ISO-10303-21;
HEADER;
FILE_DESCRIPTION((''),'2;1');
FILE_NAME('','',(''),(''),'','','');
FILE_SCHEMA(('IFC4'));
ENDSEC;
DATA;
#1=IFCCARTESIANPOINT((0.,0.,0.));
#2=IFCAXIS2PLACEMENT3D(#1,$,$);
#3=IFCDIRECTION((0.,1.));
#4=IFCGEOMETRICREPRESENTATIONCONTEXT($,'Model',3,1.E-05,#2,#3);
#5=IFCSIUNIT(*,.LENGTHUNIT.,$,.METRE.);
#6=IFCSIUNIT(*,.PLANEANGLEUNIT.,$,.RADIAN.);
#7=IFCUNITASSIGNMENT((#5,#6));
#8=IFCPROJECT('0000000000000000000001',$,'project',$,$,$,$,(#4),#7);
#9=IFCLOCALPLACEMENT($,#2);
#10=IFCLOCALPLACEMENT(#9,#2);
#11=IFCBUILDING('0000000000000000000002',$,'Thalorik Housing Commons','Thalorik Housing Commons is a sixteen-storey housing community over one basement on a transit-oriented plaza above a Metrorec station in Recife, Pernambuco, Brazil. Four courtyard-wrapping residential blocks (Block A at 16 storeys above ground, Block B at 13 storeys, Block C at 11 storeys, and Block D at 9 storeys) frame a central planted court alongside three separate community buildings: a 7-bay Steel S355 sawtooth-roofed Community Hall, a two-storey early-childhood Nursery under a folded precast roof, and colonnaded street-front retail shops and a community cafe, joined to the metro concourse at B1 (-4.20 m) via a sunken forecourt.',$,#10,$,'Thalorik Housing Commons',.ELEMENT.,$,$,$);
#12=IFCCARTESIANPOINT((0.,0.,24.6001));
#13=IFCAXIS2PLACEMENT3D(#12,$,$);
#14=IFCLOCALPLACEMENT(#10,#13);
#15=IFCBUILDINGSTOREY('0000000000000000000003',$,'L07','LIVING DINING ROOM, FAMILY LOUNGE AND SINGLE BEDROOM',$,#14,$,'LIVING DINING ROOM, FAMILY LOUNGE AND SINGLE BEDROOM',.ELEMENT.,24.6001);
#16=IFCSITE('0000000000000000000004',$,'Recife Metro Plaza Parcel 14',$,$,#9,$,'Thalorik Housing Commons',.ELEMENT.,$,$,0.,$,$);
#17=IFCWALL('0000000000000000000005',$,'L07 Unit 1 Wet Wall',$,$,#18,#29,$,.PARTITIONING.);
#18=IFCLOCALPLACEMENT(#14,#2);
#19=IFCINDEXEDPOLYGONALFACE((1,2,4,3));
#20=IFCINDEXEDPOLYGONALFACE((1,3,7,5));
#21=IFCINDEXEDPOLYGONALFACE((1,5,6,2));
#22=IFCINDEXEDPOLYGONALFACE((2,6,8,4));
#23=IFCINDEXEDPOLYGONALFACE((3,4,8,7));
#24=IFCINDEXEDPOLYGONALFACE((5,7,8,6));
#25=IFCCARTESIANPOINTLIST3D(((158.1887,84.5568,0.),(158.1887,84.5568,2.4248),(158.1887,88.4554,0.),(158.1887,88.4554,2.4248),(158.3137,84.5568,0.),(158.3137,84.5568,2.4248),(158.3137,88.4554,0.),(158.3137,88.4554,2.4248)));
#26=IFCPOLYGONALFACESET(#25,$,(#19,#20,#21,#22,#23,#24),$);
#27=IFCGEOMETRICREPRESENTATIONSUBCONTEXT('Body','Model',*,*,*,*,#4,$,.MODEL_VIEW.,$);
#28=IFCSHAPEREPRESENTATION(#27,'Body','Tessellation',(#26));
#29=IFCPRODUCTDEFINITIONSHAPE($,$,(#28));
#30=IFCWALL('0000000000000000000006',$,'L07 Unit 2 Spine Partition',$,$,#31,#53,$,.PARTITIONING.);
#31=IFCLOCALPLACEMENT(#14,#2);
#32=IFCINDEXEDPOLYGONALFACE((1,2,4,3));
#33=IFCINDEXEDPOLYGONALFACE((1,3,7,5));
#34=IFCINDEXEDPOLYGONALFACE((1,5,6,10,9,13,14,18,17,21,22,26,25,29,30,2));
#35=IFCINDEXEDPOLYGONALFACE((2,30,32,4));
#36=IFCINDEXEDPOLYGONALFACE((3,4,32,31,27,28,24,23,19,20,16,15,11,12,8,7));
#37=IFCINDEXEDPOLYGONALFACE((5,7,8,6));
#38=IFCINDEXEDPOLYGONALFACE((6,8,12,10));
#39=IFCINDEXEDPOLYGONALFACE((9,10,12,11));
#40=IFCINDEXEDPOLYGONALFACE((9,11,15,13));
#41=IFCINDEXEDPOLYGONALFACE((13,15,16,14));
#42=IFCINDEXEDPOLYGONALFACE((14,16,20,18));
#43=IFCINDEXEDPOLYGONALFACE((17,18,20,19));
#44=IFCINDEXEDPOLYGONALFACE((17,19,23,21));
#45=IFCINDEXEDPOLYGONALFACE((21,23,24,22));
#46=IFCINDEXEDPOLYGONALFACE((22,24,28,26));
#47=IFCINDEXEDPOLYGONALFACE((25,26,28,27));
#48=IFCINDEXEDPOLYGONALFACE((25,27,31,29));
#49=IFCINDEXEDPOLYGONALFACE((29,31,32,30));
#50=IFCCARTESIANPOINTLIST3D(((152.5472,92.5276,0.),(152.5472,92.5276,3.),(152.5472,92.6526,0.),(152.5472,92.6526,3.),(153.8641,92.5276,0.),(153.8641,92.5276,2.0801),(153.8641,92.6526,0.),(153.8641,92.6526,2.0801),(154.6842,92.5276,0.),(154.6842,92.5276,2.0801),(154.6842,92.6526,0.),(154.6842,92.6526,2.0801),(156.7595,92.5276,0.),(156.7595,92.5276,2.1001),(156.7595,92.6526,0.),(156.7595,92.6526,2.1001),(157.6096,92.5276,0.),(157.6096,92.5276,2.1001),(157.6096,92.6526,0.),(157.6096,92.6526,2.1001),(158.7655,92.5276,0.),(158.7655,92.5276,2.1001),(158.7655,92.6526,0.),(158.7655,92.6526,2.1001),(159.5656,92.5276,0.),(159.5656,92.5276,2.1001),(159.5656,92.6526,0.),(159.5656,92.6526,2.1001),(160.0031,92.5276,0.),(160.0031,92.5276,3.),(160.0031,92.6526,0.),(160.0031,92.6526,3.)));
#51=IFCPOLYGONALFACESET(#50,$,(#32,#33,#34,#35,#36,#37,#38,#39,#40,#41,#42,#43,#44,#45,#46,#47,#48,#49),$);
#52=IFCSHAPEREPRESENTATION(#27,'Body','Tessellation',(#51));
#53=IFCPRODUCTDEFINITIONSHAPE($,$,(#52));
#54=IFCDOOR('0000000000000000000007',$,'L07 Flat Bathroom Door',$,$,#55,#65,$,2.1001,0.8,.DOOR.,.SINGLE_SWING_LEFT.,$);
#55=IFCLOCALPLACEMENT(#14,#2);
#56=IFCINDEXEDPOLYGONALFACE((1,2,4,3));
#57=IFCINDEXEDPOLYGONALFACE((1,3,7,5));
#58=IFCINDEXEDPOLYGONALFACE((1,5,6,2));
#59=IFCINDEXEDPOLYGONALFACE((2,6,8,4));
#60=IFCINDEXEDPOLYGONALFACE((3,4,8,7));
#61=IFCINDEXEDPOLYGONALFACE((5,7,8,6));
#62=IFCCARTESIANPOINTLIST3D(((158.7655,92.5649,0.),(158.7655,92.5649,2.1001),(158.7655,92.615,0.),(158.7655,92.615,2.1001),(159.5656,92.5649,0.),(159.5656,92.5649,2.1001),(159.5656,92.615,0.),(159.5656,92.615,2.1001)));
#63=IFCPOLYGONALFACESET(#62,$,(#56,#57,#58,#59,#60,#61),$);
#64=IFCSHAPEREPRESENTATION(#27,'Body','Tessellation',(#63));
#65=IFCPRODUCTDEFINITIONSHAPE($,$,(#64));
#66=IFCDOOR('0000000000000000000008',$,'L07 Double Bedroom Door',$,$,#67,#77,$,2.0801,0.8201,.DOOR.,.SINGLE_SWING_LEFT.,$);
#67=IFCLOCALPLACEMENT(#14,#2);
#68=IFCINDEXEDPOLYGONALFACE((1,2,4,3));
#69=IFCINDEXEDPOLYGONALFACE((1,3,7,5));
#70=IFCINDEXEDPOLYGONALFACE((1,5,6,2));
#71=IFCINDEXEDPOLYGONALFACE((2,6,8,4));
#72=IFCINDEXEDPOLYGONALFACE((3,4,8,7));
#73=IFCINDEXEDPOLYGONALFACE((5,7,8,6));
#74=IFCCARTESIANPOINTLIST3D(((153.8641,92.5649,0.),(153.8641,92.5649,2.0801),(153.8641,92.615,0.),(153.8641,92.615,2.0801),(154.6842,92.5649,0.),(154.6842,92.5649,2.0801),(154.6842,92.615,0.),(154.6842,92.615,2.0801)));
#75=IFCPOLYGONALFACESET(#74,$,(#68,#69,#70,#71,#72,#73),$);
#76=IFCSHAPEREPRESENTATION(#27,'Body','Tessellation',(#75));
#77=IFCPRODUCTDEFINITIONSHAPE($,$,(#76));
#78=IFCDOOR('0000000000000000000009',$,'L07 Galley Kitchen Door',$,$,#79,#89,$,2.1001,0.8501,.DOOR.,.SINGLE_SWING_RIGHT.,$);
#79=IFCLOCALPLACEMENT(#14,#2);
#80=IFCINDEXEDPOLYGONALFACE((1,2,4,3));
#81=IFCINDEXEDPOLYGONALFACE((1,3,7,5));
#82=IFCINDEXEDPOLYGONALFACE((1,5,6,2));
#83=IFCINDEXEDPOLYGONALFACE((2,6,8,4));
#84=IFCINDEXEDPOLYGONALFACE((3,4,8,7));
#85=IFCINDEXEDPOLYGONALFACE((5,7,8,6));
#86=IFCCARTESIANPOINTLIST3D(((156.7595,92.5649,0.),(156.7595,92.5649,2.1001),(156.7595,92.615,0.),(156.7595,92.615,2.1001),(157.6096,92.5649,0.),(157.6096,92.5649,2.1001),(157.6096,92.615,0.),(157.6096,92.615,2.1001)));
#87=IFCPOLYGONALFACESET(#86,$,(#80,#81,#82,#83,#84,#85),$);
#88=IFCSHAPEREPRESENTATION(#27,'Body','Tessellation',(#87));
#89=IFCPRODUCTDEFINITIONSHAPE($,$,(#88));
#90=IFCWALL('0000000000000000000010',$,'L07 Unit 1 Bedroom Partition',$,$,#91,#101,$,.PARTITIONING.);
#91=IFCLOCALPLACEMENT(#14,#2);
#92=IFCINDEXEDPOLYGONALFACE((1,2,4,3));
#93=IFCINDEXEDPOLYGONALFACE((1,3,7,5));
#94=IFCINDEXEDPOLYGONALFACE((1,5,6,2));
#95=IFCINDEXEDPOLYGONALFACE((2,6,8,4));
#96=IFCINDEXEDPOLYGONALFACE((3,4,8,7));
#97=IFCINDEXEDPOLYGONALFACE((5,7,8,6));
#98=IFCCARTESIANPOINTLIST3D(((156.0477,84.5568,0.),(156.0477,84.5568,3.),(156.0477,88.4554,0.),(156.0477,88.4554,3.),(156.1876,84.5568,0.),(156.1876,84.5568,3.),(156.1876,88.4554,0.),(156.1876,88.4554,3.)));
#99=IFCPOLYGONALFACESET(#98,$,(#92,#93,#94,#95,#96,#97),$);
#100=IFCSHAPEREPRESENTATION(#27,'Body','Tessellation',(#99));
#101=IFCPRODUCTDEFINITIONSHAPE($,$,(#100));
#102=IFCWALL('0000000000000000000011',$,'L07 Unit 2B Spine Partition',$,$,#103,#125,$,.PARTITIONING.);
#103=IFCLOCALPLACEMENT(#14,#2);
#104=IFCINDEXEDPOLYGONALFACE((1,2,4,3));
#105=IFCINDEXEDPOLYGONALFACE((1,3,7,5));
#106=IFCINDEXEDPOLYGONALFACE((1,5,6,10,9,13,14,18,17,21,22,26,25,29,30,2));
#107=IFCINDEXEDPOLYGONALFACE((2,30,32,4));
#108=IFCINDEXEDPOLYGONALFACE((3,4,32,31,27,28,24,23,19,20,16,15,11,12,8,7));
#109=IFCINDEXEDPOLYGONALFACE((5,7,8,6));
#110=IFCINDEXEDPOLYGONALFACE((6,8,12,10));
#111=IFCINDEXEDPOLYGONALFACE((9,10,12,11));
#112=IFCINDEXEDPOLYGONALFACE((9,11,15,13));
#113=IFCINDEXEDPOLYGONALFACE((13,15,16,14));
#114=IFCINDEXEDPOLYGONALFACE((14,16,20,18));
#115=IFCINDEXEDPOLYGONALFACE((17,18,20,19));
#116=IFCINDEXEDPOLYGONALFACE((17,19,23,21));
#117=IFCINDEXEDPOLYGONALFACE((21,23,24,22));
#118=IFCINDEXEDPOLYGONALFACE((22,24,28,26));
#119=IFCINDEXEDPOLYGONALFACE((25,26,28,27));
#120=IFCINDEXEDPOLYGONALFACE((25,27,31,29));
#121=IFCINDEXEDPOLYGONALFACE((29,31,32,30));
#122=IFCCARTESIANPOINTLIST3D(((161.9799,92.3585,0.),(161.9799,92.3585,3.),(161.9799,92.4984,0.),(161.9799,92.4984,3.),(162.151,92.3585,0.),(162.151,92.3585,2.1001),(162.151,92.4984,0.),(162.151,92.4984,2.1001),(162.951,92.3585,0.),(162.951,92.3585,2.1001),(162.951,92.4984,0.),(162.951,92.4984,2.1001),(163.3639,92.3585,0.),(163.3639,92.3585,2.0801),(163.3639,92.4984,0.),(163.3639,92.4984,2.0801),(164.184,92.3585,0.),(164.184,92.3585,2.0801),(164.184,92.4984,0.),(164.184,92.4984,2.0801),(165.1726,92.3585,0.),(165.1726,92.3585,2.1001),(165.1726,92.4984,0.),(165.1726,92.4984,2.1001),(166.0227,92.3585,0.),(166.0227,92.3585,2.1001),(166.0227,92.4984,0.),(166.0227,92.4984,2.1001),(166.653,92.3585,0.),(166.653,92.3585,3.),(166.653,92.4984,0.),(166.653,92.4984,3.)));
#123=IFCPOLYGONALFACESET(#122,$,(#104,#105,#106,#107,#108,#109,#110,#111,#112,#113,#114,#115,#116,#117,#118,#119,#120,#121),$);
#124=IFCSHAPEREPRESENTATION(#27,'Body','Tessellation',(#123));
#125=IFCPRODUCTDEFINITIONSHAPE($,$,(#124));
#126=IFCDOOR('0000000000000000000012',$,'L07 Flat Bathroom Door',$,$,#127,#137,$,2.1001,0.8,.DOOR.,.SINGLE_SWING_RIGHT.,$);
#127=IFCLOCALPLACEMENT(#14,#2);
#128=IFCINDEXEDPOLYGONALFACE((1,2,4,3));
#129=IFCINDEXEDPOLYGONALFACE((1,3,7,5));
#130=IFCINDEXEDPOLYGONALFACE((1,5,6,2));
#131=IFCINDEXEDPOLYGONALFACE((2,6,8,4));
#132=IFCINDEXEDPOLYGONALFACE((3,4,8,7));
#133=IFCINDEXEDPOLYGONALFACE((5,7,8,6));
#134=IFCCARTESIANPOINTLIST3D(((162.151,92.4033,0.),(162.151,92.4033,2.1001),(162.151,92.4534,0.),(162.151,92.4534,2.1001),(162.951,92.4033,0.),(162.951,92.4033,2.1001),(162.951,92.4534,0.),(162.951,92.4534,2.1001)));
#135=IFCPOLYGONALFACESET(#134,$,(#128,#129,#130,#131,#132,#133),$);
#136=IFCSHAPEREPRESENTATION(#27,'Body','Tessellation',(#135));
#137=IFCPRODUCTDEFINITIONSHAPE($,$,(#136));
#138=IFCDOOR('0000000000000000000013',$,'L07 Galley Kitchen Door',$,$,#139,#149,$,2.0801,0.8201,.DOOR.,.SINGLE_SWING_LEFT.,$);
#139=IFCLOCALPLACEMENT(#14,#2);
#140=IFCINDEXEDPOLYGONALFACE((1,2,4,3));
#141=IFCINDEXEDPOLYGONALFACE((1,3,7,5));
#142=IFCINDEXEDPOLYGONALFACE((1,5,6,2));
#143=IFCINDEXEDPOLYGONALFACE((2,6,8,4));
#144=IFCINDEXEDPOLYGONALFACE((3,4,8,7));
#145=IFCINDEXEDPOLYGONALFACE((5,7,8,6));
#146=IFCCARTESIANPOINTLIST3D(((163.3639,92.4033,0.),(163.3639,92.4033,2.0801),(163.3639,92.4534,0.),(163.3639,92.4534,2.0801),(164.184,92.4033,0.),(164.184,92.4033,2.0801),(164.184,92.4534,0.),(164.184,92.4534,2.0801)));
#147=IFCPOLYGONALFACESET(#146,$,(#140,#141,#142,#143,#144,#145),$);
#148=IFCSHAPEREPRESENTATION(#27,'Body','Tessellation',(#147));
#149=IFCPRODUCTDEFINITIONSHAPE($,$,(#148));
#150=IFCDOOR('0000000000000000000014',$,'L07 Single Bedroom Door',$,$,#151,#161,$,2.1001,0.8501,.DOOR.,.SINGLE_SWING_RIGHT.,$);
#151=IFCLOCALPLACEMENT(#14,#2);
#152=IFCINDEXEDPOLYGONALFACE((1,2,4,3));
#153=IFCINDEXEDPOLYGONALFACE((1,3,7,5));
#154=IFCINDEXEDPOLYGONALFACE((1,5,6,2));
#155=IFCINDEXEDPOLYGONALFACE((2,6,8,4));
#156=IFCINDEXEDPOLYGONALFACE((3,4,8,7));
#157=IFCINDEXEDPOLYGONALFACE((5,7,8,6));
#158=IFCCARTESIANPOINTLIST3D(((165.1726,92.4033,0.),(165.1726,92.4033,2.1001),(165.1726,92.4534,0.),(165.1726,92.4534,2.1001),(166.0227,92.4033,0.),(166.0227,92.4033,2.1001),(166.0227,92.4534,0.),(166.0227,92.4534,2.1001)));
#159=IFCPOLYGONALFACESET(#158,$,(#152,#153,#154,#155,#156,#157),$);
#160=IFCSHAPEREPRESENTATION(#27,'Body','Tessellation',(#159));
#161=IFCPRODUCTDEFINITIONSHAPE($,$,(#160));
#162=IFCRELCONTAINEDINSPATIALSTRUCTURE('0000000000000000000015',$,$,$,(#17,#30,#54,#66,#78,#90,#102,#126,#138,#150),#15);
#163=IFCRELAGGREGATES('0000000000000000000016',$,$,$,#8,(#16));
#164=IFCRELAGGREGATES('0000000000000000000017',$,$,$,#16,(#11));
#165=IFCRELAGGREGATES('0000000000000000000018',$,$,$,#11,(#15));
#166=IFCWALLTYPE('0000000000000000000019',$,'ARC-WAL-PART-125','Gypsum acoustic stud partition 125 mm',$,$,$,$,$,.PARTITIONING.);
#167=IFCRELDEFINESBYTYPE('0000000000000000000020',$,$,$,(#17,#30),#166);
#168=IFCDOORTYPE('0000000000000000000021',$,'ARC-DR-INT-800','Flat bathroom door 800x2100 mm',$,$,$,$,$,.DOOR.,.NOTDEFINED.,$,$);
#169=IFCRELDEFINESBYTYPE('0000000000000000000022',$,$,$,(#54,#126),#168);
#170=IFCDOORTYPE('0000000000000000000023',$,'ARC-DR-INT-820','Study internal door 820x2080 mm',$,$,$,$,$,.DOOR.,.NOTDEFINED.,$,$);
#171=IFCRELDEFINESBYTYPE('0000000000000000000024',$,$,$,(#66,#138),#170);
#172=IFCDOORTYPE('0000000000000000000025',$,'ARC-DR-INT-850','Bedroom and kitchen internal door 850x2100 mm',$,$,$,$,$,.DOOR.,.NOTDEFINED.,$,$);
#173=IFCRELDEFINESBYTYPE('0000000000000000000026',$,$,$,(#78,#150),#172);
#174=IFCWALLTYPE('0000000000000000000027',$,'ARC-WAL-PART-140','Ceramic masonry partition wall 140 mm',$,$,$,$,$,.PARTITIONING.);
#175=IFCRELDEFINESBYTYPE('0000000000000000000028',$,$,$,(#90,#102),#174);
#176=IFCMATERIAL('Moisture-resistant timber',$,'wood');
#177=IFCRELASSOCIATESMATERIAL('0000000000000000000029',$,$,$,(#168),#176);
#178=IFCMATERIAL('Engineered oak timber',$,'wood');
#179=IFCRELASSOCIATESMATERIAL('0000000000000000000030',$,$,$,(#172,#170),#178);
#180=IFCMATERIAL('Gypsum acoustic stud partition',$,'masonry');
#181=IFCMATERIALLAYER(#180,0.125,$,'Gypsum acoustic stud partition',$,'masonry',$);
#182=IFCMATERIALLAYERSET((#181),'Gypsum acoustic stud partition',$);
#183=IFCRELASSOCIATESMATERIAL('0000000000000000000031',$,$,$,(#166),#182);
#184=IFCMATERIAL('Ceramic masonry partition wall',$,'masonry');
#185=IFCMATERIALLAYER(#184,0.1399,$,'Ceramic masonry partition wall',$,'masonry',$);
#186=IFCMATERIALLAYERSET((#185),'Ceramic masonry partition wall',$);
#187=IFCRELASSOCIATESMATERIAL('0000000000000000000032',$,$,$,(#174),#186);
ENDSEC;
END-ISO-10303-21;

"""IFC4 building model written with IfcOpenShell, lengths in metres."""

from ifc_helpers import new_model, si_unit, direction, frame, frame_2d, origin, place, context, subcontext, project, spatial, rectangle, extrude, material, layer, layer_set, type_object, element, fill, save


model = new_model("IFC4")

# Units and contexts
model_context = context("Model", 3, precision=1e-05, world=origin(), true_north=direction((0.0, 1.0)))
body_context = subcontext(model_context, "Body", "Model", "MODEL_VIEW")
ifc_project = project(units=[si_unit("LENGTHUNIT", "METRE"), si_unit("PLANEANGLEUNIT", "RADIAN")], contexts=[model_context])

# Site, building, storey
site_placement = place(None, origin())
site = spatial("IfcSite", under=ifc_project, at=site_placement, Name="Recife Metro Plaza Parcel 14", LongName="Thalorik Housing Commons", CompositionType="ELEMENT", RefElevation=0.0)
building_placement = place(site_placement, origin())
building = spatial("IfcBuilding", under=site, at=building_placement, Name="Thalorik Housing Commons", Description="Thalorik Housing Commons is a sixteen-storey housing community over one basement on a transit-oriented plaza above a Metrorec station in Recife, Pernambuco, Brazil. Four courtyard-wrapping residential blocks (Block A at 16 storeys above ground, Block B at 13 storeys, Block C at 11 storeys, and Block D at 9 storeys) frame a central planted court alongside three separate community buildings: a 7-bay Steel S355 sawtooth-roofed Community Hall, a two-storey early-childhood Nursery under a folded precast roof, and colonnaded street-front retail shops and a community cafe, joined to the metro concourse at B1 (-4.20 m) via a sunken forecourt.", LongName="Thalorik Housing Commons", CompositionType="ELEMENT")
storey_placement = place(building_placement, frame((0.0, 0.0, 24.6001)))
storey = spatial("IfcBuildingStorey", under=building, at=storey_placement, Name="L07", Description="LIVING DINING ROOM, FAMILY LOUNGE AND SINGLE BEDROOM", LongName="LIVING DINING ROOM, FAMILY LOUNGE AND SINGLE BEDROOM", CompositionType="ELEMENT", Elevation=24.6001)

# Shared definitions
ifc_material_1 = material(Name="Moisture-resistant timber", Category="wood")
door_type_1 = type_object("IfcDoorType", Name="ARC-DR-INT-800", Description="Flat bathroom door 800x2100 mm", OperationType="NOTDEFINED", PredefinedType="DOOR", material=ifc_material_1)
ifc_material_2 = material(Name="Engineered oak timber", Category="wood")
door_type_2 = type_object("IfcDoorType", Name="ARC-DR-INT-850", Description="Bedroom and kitchen internal door 850x2100 mm", OperationType="NOTDEFINED", PredefinedType="DOOR", material=ifc_material_2)

# Wall
ifc_material_3 = material(Name="Gypsum acoustic stud partition", Category="masonry")
ifc_layer_1 = layer(ifc_material_3, 0.125, Name="Gypsum acoustic stud partition", Category="masonry")
ifc_layer_set_1 = layer_set([ifc_layer_1], Name="Gypsum acoustic stud partition")
wall_type_1 = type_object("IfcWallType", Name="ARC-WAL-PART-125", Description="Gypsum acoustic stud partition 125 mm", PredefinedType="PARTITIONING", material=ifc_layer_set_1)
wall_1_placement = place(storey_placement, frame((158.2512, 84.5569, 0.0), z_axis=(0.0, 0.0, 1.0), x_axis=(0.0, 1.0, 0.0)))
element("IfcWall", 1, at=wall_1_placement, inside=storey, type_object=wall_type_1, Name="L07 Unit 1 Wet Wall", PredefinedType="PARTITIONING", context=body_context, shape_type="SweptSolid", body=[
    extrude(rectangle(XDim=3.8987, YDim=0.125, at=frame_2d((1.9492, 0.0))), origin(), (0.0, 0.0, 1.0), 2.4248),
])

# Wall, openings, doors
wall_2_placement = place(storey_placement, frame((152.5471, 92.5901, 0.0), z_axis=(0.0, 0.0, 1.0), x_axis=(1.0, 0.0, 0.0)))
wall_2 = element("IfcWall", 2, at=wall_2_placement, inside=storey, type_object=wall_type_1, Name="L07 Unit 2 Spine Partition", PredefinedType="PARTITIONING", context=body_context, shape_type="SweptSolid", body=[
    extrude(rectangle(XDim=7.4558, YDim=0.125, at=frame_2d((3.728, 0.0))), origin(), (0.0, 0.0, 1.0), 3.0),
])
opening_1_placement = place(wall_2_placement, frame((1.3169, 0.0, 0.0)))
opening_1 = element("IfcOpeningElement", 3, at=opening_1_placement, cuts=wall_2, PredefinedType="OPENING", context=body_context, shape_type="SweptSolid", body=[
    extrude(rectangle(XDim=0.8201, YDim=2.0801, at=frame_2d((0.4102, 1.04))), frame((0.0, 0.0725, 0.0), z_axis=(0.0, -1.0, 0.0), x_axis=(1.0, 0.0, 0.0)), (0.0, 0.0, 1.0), 0.145),
])
opening_2_placement = place(wall_2_placement, frame((4.2124, 0.0, 0.0)))
opening_2 = element("IfcOpeningElement", 4, at=opening_2_placement, cuts=wall_2, PredefinedType="OPENING", context=body_context, shape_type="SweptSolid", body=[
    extrude(rectangle(XDim=0.8501, YDim=2.1001, at=frame_2d((0.425, 1.05))), frame((0.0, 0.0725, 0.0), z_axis=(0.0, -1.0, 0.0), x_axis=(1.0, 0.0, 0.0)), (0.0, 0.0, 1.0), 0.145),
])
opening_3_placement = place(wall_2_placement, frame((6.2185, 0.0, 0.0)))
opening_3 = element("IfcOpeningElement", 5, at=opening_3_placement, cuts=wall_2, PredefinedType="OPENING", context=body_context, shape_type="SweptSolid", body=[
    extrude(rectangle(XDim=0.8, YDim=2.1001, at=frame_2d((0.3999, 1.05))), frame((0.0, 0.0725, 0.0), z_axis=(0.0, -1.0, 0.0), x_axis=(1.0, 0.0, 0.0)), (0.0, 0.0, 1.0), 0.145),
])
door_1_placement = place(opening_3_placement, origin())
door_1 = element("IfcDoor", 6, at=door_1_placement, inside=storey, type_object=door_type_1, Name="L07 Flat Bathroom Door", OperationType="SINGLE_SWING_LEFT", OverallHeight=2.1001, OverallWidth=0.8, PredefinedType="DOOR", context=body_context, shape_type="SweptSolid", body=[
    extrude(rectangle(XDim=0.8, YDim=2.1001, at=frame_2d((0.3999, 1.05))), frame((0.0, 0.0249, 0.0), z_axis=(0.0, -1.0, 0.0), x_axis=(1.0, 0.0, 0.0)), (0.0, 0.0, 1.0), 0.05),
])
fill(opening_3, door_1)
door_type_3 = type_object("IfcDoorType", Name="ARC-DR-INT-820", Description="Study internal door 820x2080 mm", OperationType="NOTDEFINED", PredefinedType="DOOR", material=ifc_material_2)
door_2_placement = place(opening_1_placement, origin())
door_2 = element("IfcDoor", 7, at=door_2_placement, inside=storey, type_object=door_type_3, Name="L07 Double Bedroom Door", OperationType="SINGLE_SWING_LEFT", OverallHeight=2.0801, OverallWidth=0.8201, PredefinedType="DOOR", context=body_context, shape_type="SweptSolid", body=[
    extrude(rectangle(XDim=0.8201, YDim=2.0801, at=frame_2d((0.4102, 1.04))), frame((0.0, 0.0249, 0.0), z_axis=(0.0, -1.0, 0.0), x_axis=(1.0, 0.0, 0.0)), (0.0, 0.0, 1.0), 0.05),
])
fill(opening_1, door_2)
door_3_placement = place(opening_2_placement, origin())
door_3 = element("IfcDoor", 8, at=door_3_placement, inside=storey, type_object=door_type_2, Name="L07 Galley Kitchen Door", OperationType="SINGLE_SWING_RIGHT", OverallHeight=2.1001, OverallWidth=0.8501, PredefinedType="DOOR", context=body_context, shape_type="SweptSolid", body=[
    extrude(rectangle(XDim=0.8501, YDim=2.1001, at=frame_2d((0.425, 1.05))), frame((0.0, 0.0249, 0.0), z_axis=(0.0, -1.0, 0.0), x_axis=(1.0, 0.0, 0.0)), (0.0, 0.0, 1.0), 0.05),
])
fill(opening_2, door_3)

# Wall
ifc_material_4 = material(Name="Ceramic masonry partition wall", Category="masonry")
ifc_layer_2 = layer(ifc_material_4, 0.1399, Name="Ceramic masonry partition wall", Category="masonry")
ifc_layer_set_2 = layer_set([ifc_layer_2], Name="Ceramic masonry partition wall")
wall_type_2 = type_object("IfcWallType", Name="ARC-WAL-PART-140", Description="Ceramic masonry partition wall 140 mm", PredefinedType="PARTITIONING", material=ifc_layer_set_2)
wall_3_placement = place(storey_placement, frame((156.1177, 84.5569, 0.0), z_axis=(0.0, 0.0, 1.0), x_axis=(0.0, 1.0, 0.0)))
element("IfcWall", 9, at=wall_3_placement, inside=storey, type_object=wall_type_2, Name="L07 Unit 1 Bedroom Partition", PredefinedType="PARTITIONING", context=body_context, shape_type="SweptSolid", body=[
    extrude(rectangle(XDim=3.8987, YDim=0.1399, at=frame_2d((1.9492, 0.0))), origin(), (0.0, 0.0, 1.0), 3.0),
])

# Wall, openings, doors
wall_4_placement = place(storey_placement, frame((161.98, 92.4285, 0.0), z_axis=(0.0, 0.0, 1.0), x_axis=(1.0, 0.0, 0.0)))
wall_4 = element("IfcWall", 10, at=wall_4_placement, inside=storey, type_object=wall_type_2, Name="L07 Unit 2B Spine Partition", PredefinedType="PARTITIONING", context=body_context, shape_type="SweptSolid", body=[
    extrude(rectangle(XDim=4.6731, YDim=0.1399, at=frame_2d((2.3364, 0.0))), origin(), (0.0, 0.0, 1.0), 3.0),
])
opening_4_placement = place(wall_4_placement, frame((0.1711, 0.0, 0.0)))
opening_4 = element("IfcOpeningElement", 11, at=opening_4_placement, cuts=wall_4, PredefinedType="OPENING", context=body_context, shape_type="SweptSolid", body=[
    extrude(rectangle(XDim=0.8, YDim=2.1001, at=frame_2d((0.3999, 1.05))), frame((0.0, 0.0801, 0.0), z_axis=(0.0, -1.0, 0.0), x_axis=(1.0, 0.0, 0.0)), (0.0, 0.0, 1.0), 0.1599),
])
opening_5_placement = place(wall_4_placement, frame((1.3838, 0.0, 0.0)))
opening_5 = element("IfcOpeningElement", 12, at=opening_5_placement, cuts=wall_4, PredefinedType="OPENING", context=body_context, shape_type="SweptSolid", body=[
    extrude(rectangle(XDim=0.8201, YDim=2.0801, at=frame_2d((0.4102, 1.04))), frame((0.0, 0.0801, 0.0), z_axis=(0.0, -1.0, 0.0), x_axis=(1.0, 0.0, 0.0)), (0.0, 0.0, 1.0), 0.1599),
])
opening_6_placement = place(wall_4_placement, frame((3.1926, 0.0, 0.0)))
opening_6 = element("IfcOpeningElement", 13, at=opening_6_placement, cuts=wall_4, PredefinedType="OPENING", context=body_context, shape_type="SweptSolid", body=[
    extrude(rectangle(XDim=0.8501, YDim=2.1001, at=frame_2d((0.425, 1.05))), frame((0.0, 0.0801, 0.0), z_axis=(0.0, -1.0, 0.0), x_axis=(1.0, 0.0, 0.0)), (0.0, 0.0, 1.0), 0.1599),
])
door_4_placement = place(opening_4_placement, origin())
door_4 = element("IfcDoor", 14, at=door_4_placement, inside=storey, type_object=door_type_1, Name="L07 Flat Bathroom Door", OperationType="SINGLE_SWING_RIGHT", OverallHeight=2.1001, OverallWidth=0.8, PredefinedType="DOOR", context=body_context, shape_type="SweptSolid", body=[
    extrude(rectangle(XDim=0.8, YDim=2.1001, at=frame_2d((0.3999, 1.05))), frame((0.0, 0.0249, 0.0), z_axis=(0.0, -1.0, 0.0), x_axis=(1.0, 0.0, 0.0)), (0.0, 0.0, 1.0), 0.05),
])
fill(opening_4, door_4)
door_5_placement = place(opening_5_placement, origin())
door_5 = element("IfcDoor", 15, at=door_5_placement, inside=storey, type_object=door_type_3, Name="L07 Galley Kitchen Door", OperationType="SINGLE_SWING_LEFT", OverallHeight=2.0801, OverallWidth=0.8201, PredefinedType="DOOR", context=body_context, shape_type="SweptSolid", body=[
    extrude(rectangle(XDim=0.8201, YDim=2.0801, at=frame_2d((0.4102, 1.04))), frame((0.0, 0.0249, 0.0), z_axis=(0.0, -1.0, 0.0), x_axis=(1.0, 0.0, 0.0)), (0.0, 0.0, 1.0), 0.05),
])
fill(opening_5, door_5)
door_6_placement = place(opening_6_placement, origin())
door_6 = element("IfcDoor", 16, at=door_6_placement, inside=storey, type_object=door_type_2, Name="L07 Single Bedroom Door", OperationType="SINGLE_SWING_RIGHT", OverallHeight=2.1001, OverallWidth=0.8501, PredefinedType="DOOR", context=body_context, shape_type="SweptSolid", body=[
    extrude(rectangle(XDim=0.8501, YDim=2.1001, at=frame_2d((0.425, 1.05))), frame((0.0, 0.0249, 0.0), z_axis=(0.0, -1.0, 0.0), x_axis=(1.0, 0.0, 0.0)), (0.0, 0.0, 1.0), 0.05),
])
fill(opening_6, door_6)

save(model, "model.ifc")
